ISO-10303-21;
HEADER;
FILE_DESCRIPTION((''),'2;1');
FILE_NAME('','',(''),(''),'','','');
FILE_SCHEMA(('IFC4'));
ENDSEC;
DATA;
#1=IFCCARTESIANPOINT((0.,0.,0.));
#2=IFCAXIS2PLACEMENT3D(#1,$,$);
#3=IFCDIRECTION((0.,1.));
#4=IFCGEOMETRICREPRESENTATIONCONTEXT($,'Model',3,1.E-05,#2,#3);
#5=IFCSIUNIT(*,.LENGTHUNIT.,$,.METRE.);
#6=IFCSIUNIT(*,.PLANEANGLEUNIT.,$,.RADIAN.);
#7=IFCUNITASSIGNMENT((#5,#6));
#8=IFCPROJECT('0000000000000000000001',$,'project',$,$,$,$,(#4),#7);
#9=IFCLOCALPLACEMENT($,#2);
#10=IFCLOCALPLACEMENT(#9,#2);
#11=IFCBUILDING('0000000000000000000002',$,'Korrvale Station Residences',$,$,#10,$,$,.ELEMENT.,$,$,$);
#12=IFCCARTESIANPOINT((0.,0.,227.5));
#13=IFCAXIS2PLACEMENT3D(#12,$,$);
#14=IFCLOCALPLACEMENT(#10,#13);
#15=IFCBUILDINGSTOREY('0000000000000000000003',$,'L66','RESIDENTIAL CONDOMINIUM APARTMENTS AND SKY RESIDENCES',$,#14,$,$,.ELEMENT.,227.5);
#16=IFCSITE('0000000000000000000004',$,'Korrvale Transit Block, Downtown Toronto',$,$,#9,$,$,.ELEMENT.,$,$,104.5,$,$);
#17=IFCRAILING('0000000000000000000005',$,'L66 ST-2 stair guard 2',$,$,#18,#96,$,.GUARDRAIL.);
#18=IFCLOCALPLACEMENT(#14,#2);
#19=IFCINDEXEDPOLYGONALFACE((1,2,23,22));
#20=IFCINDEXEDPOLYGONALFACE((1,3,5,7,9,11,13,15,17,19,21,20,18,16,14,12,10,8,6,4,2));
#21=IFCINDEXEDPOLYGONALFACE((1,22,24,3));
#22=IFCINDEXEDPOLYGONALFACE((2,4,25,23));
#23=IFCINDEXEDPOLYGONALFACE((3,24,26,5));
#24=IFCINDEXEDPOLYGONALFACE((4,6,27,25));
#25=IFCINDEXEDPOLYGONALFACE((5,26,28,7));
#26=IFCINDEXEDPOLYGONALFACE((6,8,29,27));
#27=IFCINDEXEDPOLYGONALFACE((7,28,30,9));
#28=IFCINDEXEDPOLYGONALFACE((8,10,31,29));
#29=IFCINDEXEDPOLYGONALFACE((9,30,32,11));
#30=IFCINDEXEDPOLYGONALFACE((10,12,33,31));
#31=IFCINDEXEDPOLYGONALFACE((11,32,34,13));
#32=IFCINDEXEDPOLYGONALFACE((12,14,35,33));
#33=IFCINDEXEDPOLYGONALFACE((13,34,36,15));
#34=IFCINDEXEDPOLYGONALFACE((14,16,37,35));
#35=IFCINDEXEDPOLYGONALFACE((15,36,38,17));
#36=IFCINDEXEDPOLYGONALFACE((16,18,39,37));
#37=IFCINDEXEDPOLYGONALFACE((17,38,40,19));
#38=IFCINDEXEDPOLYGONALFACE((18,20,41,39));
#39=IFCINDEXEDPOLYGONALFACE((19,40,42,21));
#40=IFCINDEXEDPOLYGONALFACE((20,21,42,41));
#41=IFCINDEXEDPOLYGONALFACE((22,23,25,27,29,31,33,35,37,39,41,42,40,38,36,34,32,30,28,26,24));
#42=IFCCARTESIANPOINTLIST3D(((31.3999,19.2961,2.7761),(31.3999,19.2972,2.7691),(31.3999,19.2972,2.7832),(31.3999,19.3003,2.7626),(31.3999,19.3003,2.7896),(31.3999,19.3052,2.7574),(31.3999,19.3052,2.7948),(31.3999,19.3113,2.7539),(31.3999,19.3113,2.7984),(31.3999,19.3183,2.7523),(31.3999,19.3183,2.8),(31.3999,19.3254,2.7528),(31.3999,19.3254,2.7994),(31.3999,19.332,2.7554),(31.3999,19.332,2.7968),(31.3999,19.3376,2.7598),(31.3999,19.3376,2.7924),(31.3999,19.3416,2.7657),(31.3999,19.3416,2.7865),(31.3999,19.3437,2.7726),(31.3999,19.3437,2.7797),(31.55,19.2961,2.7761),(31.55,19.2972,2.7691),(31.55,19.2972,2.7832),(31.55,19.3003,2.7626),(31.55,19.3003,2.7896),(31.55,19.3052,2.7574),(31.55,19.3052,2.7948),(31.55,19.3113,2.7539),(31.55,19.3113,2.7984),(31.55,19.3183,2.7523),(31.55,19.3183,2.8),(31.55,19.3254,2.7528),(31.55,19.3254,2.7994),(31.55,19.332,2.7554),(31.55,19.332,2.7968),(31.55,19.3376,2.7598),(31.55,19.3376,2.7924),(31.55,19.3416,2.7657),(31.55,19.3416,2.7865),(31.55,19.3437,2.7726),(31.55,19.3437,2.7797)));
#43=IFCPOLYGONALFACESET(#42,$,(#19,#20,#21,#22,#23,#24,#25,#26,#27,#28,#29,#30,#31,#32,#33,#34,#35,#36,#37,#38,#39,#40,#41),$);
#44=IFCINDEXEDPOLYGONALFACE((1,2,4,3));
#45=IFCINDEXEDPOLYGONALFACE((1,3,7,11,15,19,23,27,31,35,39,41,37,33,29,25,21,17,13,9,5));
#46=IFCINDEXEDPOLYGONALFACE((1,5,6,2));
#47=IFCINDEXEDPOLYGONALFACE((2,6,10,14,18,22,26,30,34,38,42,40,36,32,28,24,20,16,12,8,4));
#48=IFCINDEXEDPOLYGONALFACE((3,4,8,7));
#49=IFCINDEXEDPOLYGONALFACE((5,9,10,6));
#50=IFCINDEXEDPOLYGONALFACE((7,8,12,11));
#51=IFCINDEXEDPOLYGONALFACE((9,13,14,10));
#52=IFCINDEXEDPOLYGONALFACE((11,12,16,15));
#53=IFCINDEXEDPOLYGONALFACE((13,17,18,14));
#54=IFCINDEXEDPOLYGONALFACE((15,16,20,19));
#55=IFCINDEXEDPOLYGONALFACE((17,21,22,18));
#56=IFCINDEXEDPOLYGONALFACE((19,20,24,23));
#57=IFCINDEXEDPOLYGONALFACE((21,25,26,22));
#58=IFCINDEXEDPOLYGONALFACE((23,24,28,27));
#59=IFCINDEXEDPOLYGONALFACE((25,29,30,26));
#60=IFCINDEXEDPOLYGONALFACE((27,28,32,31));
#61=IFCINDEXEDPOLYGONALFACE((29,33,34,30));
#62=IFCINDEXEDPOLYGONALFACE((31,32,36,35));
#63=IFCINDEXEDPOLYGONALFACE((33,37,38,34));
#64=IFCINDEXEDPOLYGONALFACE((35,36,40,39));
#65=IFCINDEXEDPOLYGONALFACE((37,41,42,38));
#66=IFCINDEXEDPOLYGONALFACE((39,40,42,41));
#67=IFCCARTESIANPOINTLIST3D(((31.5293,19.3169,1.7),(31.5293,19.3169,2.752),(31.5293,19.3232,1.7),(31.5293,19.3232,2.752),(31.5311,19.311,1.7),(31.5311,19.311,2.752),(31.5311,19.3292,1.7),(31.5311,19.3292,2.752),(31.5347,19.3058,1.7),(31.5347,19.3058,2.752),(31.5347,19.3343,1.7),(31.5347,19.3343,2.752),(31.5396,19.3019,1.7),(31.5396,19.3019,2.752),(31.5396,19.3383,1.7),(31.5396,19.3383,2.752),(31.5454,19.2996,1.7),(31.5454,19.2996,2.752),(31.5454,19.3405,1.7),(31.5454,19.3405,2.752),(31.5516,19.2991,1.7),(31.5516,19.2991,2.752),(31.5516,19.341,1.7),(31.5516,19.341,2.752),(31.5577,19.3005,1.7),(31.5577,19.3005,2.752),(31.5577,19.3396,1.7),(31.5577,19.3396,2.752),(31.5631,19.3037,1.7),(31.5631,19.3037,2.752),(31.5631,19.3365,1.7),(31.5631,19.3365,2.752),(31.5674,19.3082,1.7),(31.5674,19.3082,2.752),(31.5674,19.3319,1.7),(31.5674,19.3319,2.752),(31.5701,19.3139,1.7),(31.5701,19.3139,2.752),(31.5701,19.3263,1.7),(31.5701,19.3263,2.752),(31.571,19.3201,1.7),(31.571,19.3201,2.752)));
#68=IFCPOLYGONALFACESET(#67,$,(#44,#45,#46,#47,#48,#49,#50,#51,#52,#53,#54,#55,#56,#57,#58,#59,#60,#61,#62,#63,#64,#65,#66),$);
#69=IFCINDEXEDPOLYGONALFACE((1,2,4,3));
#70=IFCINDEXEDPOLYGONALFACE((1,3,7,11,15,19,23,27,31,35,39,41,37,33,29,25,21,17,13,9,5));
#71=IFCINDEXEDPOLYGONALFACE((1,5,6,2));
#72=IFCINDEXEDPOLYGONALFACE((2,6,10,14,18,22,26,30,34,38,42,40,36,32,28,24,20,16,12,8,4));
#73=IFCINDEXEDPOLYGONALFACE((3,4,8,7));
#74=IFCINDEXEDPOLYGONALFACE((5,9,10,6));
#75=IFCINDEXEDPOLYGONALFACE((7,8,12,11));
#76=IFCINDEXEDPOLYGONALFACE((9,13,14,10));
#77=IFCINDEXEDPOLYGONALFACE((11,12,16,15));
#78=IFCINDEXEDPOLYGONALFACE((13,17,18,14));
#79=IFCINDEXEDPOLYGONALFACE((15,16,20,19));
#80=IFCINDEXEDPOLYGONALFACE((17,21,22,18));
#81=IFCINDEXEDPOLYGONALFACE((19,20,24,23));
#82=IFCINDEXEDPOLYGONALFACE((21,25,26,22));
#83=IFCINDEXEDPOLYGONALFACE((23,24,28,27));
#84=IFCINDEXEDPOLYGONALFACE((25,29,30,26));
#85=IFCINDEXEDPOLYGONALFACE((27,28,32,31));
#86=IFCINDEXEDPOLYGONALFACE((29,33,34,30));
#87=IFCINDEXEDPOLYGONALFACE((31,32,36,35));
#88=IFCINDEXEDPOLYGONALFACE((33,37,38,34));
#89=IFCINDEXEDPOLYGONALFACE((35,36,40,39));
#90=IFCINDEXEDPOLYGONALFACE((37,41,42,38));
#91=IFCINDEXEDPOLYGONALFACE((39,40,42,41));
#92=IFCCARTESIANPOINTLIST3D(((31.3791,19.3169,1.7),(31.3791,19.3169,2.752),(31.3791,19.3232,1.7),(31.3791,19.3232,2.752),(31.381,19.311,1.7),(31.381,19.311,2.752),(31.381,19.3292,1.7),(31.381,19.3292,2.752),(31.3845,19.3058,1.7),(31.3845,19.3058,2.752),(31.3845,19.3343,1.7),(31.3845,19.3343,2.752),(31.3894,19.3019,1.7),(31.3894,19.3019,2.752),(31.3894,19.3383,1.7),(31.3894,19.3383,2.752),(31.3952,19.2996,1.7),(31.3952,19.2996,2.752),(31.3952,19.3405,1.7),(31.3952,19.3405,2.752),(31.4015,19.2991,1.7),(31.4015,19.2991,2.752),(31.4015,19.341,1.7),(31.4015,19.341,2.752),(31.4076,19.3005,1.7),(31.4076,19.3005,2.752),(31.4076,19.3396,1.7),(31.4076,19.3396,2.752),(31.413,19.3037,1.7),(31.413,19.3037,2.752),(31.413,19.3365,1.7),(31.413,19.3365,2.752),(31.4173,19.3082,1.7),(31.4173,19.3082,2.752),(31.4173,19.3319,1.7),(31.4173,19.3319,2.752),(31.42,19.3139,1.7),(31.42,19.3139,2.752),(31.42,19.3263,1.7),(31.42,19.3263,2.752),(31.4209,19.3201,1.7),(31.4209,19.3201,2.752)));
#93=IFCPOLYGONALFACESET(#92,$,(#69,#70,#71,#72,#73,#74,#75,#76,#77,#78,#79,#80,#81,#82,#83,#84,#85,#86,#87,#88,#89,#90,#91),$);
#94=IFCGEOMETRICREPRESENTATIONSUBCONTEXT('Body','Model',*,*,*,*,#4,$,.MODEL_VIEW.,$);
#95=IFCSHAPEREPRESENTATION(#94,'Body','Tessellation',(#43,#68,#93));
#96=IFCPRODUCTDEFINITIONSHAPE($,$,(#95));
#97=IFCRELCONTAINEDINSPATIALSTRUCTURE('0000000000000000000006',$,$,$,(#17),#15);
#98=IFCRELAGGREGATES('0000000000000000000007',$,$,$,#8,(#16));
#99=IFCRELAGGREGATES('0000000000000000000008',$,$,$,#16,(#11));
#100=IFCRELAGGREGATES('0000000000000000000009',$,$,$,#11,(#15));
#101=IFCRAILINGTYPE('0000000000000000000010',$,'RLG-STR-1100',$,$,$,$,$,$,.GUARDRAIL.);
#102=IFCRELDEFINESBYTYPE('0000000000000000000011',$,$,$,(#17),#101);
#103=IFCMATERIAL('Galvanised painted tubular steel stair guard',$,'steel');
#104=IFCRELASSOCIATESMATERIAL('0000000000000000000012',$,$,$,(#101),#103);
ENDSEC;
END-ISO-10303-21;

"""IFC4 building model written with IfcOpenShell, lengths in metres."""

from ifc_helpers import new_model, si_unit, direction, frame, origin, origin_2d, place, context, subcontext, project, spatial, circle, extrude, material, type_object, element, save


model = new_model("IFC4")

# Units and contexts
model_context = context("Model", 3, precision=1e-05, world=origin(), true_north=direction((0.0, 1.0)))
body_context = subcontext(model_context, "Body", "Model", "MODEL_VIEW")
ifc_project = project(units=[si_unit("LENGTHUNIT", "METRE"), si_unit("PLANEANGLEUNIT", "RADIAN")], contexts=[model_context])

# Site, building, storey
site_placement = place(None, origin())
site = spatial("IfcSite", under=ifc_project, at=site_placement, Name="Korrvale Transit Block, Downtown Toronto", CompositionType="ELEMENT", RefElevation=104.5)
building_placement = place(site_placement, origin())
building = spatial("IfcBuilding", under=site, at=building_placement, Name="Korrvale Station Residences", CompositionType="ELEMENT")
storey_placement = place(building_placement, frame((0.0, 0.0, 227.5)))
storey = spatial("IfcBuildingStorey", under=building, at=storey_placement, Name="L66", Description="RESIDENTIAL CONDOMINIUM APARTMENTS AND SKY RESIDENCES", CompositionType="ELEMENT", Elevation=227.5)

# Railing
ifc_material_1 = material(Name="Galvanised painted tubular steel stair guard", Category="steel")
railing_type_1 = type_object("IfcRailingType", Name="RLG-STR-1100", PredefinedType="GUARDRAIL", material=ifc_material_1)
railing_1_placement = place(storey_placement, frame((31.55, 19.3201, 1.7)))
element("IfcRailing", 1, at=railing_1_placement, inside=storey, type_object=railing_type_1, Name="L66 ST-2 stair guard 2", PredefinedType="GUARDRAIL", context=body_context, shape_type="SweptSolid", body=[
    extrude(circle(Radius=0.0239, at=origin_2d()), frame((0.0, 0.0, 1.0762), z_axis=(-1.0, 0.0, 0.0), x_axis=(0.0, -1.0, 0.0)), (0.0, 0.0, 1.0), 0.1501),
    extrude(circle(Radius=0.021, at=origin_2d()), origin(), (0.0, 0.0, 1.0), 1.052),
    extrude(circle(Radius=0.021, at=origin_2d()), frame((-0.1501, 0.0, 0.0)), (0.0, 0.0, 1.0), 1.052),
])

save(model, "model.ifc")
